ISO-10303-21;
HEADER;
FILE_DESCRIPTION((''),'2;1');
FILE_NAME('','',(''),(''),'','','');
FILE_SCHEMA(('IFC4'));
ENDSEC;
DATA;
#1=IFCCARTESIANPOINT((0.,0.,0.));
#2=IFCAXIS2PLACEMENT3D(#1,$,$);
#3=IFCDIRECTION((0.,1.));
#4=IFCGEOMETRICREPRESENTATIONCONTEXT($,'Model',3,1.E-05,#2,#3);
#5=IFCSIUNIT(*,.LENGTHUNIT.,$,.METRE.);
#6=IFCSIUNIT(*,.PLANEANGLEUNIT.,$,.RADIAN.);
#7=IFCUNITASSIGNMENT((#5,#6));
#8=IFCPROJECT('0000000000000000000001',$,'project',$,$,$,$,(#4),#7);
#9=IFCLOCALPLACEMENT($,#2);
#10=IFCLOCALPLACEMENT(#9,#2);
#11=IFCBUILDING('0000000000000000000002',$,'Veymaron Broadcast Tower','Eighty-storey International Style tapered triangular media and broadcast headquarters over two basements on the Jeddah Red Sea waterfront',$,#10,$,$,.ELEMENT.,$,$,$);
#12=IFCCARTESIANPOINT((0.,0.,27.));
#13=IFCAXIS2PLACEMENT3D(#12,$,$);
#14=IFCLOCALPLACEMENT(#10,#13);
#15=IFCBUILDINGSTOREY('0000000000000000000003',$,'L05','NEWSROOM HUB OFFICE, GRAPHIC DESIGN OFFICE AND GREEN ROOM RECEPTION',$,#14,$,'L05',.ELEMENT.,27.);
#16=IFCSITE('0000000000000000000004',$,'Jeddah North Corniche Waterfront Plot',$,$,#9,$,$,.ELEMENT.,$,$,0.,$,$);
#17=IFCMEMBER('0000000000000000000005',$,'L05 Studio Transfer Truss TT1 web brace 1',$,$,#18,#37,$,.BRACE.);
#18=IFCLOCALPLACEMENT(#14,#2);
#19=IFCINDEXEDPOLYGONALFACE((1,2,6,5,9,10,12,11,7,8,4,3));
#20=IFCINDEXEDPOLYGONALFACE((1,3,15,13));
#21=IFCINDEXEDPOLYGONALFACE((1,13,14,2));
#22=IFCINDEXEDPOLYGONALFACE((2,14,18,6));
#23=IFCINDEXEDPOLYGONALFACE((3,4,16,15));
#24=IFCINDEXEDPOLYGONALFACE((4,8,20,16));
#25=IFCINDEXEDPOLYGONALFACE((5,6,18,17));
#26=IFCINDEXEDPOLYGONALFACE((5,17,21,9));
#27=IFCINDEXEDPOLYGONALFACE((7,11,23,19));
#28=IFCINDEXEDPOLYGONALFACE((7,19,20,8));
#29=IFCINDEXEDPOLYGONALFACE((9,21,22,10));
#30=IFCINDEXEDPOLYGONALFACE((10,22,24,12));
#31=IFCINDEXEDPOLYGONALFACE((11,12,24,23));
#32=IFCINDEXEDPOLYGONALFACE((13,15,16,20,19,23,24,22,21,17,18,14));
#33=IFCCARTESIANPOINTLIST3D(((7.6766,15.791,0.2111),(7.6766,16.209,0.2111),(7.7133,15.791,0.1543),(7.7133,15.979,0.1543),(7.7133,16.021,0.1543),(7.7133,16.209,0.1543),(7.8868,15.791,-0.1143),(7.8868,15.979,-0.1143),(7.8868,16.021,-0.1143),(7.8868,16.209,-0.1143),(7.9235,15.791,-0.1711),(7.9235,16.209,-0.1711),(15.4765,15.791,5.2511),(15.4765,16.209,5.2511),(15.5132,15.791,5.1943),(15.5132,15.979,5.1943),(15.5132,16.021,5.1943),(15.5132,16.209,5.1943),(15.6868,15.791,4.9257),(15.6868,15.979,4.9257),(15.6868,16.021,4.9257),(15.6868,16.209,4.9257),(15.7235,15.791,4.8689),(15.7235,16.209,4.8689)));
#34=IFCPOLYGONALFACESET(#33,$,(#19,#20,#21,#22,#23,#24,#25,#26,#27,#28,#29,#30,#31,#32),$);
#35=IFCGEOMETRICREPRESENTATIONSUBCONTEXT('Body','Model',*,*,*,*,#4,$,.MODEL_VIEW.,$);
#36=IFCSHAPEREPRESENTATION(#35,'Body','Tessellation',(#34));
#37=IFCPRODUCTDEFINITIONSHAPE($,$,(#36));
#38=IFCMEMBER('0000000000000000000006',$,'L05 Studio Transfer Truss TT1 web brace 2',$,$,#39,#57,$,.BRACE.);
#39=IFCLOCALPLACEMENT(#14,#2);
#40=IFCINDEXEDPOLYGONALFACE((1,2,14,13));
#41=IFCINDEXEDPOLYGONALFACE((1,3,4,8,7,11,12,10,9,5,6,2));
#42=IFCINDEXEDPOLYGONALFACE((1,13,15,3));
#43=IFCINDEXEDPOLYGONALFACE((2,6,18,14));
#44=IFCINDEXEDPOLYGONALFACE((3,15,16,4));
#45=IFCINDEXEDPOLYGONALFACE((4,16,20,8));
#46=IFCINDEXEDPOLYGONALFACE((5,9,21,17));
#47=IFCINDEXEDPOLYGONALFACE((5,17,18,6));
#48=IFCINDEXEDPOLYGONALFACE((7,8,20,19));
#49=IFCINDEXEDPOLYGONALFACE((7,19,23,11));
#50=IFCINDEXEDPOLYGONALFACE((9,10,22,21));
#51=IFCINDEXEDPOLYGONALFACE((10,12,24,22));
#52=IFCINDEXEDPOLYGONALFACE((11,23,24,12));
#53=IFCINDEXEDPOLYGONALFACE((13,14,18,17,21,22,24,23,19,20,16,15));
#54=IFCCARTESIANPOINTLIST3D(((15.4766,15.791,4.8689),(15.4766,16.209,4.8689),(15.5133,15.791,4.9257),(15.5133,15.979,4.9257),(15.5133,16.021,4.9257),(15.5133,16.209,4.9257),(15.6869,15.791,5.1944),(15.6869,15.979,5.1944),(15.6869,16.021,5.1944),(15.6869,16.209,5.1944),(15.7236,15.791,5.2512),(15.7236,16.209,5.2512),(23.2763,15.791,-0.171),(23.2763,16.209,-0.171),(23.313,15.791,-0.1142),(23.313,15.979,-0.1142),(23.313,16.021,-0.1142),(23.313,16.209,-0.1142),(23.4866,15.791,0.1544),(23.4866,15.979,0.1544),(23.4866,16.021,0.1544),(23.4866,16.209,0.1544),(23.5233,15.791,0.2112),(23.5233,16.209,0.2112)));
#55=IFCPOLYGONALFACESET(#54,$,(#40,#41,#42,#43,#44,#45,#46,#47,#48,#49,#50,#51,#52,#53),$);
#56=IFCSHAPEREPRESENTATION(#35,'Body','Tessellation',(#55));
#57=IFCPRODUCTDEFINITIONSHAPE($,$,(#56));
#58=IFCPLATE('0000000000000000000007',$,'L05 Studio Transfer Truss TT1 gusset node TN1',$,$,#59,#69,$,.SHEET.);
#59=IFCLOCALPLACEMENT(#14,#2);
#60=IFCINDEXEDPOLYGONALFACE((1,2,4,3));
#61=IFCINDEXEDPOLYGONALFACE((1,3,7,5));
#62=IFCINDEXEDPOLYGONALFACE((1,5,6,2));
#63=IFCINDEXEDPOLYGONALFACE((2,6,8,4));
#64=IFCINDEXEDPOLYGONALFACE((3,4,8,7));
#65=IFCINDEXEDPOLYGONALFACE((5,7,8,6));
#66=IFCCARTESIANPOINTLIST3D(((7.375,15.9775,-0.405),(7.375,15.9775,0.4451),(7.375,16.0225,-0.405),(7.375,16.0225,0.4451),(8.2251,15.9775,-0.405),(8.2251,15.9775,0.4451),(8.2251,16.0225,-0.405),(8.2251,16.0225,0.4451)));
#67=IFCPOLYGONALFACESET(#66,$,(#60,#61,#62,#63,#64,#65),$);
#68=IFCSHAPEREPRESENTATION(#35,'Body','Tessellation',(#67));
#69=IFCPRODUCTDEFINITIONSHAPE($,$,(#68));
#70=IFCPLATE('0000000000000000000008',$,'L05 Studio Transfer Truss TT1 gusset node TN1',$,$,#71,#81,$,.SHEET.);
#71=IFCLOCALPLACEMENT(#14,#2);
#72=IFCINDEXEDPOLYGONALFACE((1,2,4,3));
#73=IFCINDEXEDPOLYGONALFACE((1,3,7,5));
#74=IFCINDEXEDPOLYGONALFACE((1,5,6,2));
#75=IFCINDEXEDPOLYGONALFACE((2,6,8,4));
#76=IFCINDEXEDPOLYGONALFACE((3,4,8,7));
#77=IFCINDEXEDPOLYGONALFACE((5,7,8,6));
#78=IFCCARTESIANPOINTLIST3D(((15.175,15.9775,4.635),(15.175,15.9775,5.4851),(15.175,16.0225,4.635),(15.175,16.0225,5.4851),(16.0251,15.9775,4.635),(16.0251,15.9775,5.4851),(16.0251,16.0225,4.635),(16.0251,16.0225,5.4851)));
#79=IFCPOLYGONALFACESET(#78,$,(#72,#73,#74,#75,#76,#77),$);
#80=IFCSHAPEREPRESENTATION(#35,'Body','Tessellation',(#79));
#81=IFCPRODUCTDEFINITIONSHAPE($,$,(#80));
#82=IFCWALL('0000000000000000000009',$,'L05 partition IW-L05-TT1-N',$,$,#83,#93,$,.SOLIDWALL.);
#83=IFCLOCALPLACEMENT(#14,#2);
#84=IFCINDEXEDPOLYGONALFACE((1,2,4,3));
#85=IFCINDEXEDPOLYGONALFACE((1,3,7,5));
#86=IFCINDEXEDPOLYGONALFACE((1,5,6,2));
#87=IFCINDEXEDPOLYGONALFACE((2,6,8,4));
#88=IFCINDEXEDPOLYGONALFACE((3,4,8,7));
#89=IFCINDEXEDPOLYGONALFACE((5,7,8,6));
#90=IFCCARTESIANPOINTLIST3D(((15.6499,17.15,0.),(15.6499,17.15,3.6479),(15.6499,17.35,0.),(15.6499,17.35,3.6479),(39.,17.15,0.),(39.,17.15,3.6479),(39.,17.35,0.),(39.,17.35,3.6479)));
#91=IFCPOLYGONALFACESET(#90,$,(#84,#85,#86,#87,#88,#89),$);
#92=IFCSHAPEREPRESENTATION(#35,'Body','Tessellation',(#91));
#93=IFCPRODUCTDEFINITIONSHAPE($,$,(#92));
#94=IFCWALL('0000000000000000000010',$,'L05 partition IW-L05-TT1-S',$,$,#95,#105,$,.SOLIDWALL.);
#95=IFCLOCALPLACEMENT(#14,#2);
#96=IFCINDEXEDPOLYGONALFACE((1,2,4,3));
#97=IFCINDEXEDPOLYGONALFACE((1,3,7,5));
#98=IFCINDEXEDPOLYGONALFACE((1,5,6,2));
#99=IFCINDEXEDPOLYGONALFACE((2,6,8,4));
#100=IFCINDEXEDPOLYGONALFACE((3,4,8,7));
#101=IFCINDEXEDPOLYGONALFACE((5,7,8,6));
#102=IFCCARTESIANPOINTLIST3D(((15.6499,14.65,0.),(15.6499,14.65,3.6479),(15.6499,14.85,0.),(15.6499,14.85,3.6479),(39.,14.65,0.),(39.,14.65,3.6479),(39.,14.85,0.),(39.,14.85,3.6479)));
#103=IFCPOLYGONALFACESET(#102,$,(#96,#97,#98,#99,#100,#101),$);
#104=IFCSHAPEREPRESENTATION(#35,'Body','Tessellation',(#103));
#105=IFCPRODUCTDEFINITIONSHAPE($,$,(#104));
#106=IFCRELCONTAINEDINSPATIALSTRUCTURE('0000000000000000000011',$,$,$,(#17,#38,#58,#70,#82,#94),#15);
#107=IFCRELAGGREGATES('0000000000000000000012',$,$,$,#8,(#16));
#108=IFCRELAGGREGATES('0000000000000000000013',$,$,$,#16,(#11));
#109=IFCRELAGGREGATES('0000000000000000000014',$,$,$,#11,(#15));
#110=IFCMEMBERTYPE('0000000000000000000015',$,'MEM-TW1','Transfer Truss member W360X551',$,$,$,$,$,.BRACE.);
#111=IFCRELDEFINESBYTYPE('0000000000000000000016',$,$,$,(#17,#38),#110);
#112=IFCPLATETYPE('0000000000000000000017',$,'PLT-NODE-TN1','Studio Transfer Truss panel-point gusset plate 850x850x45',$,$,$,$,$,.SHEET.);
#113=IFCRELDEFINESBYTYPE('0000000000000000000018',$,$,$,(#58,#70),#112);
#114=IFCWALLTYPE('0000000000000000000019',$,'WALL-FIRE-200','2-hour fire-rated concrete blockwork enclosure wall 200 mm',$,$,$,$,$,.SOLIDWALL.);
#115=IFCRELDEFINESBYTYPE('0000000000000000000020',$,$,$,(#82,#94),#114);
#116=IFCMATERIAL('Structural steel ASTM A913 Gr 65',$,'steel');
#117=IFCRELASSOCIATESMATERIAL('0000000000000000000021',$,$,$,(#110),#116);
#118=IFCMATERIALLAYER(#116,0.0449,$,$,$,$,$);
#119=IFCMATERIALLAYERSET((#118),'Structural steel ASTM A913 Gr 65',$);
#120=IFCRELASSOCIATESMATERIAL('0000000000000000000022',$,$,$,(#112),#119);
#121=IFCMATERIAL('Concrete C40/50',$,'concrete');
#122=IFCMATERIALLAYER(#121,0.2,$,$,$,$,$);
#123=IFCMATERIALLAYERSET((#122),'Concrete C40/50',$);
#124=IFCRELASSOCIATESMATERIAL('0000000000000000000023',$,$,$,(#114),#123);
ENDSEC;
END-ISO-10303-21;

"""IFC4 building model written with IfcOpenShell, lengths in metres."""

from ifc_helpers import new_model, si_unit, direction, frame, frame_2d, origin, origin_2d, place, context, subcontext, project, spatial, rectangle, i_section, extrude, material, layer, layer_set, material_profile, profile_set, type_object, element, save


model = new_model("IFC4")

# Units and contexts
model_context = context("Model", 3, precision=1e-05, world=origin(), true_north=direction((0.0, 1.0)))
body_context = subcontext(model_context, "Body", "Model", "MODEL_VIEW")
ifc_project = project(units=[si_unit("LENGTHUNIT", "METRE"), si_unit("PLANEANGLEUNIT", "RADIAN")], contexts=[model_context])

# Site, building, storey
site_placement = place(None, origin())
site = spatial("IfcSite", under=ifc_project, at=site_placement, Name="Jeddah North Corniche Waterfront Plot", CompositionType="ELEMENT", RefElevation=0.0)
building_placement = place(site_placement, origin())
building = spatial("IfcBuilding", under=site, at=building_placement, Name="Veymaron Broadcast Tower", Description="Eighty-storey International Style tapered triangular media and broadcast headquarters over two basements on the Jeddah Red Sea waterfront", CompositionType="ELEMENT")
storey_placement = place(building_placement, frame((0.0, 0.0, 27.0)))
storey = spatial("IfcBuildingStorey", under=building, at=storey_placement, Name="L05", Description="NEWSROOM HUB OFFICE, GRAPHIC DESIGN OFFICE AND GREEN ROOM RECEPTION", LongName="L05", CompositionType="ELEMENT", Elevation=27.0)

# Shared definitions
ifc_material_1 = material(Name="Structural steel ASTM A913 Gr 65", Category="steel")

# Members
ifc_material_profile_1 = material_profile(ifc_material_1, i_section(OverallWidth=0.418, OverallDepth=0.4551, WebThickness=0.042, FlangeThickness=0.0676, at=origin_2d()), Name="W360X551")
ifc_profile_set_1 = profile_set([ifc_material_profile_1], Name="Structural steel ASTM A913 Gr 65")
member_type_1 = type_object("IfcMemberType", Name="MEM-TW1", Description="Transfer Truss member W360X551", PredefinedType="BRACE", material=ifc_profile_set_1)
member_1_placement = place(storey_placement, frame((7.8, 16.0, 0.02), z_axis=(0.839916, 0.0, 0.542716), x_axis=(0.0, 1.0, 0.0)))
element("IfcMember", 1, at=member_1_placement, inside=storey, type_object=member_type_1, Name="L05 Studio Transfer Truss TT1 web brace 1", PredefinedType="BRACE", context=body_context, shape_type="SweptSolid", body=[
    extrude(i_section(OverallWidth=0.418, OverallDepth=0.4551, WebThickness=0.042, FlangeThickness=0.0676, at=origin_2d()), origin(), (0.0, 0.0, 1.0), 9.2866),
])
member_2_placement = place(storey_placement, frame((15.6001, 16.0, 5.0601), z_axis=(0.839909, 0.0, -0.542728), x_axis=(0.0, 1.0, 0.0)))
element("IfcMember", 2, at=member_2_placement, inside=storey, type_object=member_type_1, Name="L05 Studio Transfer Truss TT1 web brace 2", PredefinedType="BRACE", context=body_context, shape_type="SweptSolid", body=[
    extrude(i_section(OverallWidth=0.418, OverallDepth=0.4551, WebThickness=0.042, FlangeThickness=0.0676, at=origin_2d()), origin(), (0.0, 0.0, 1.0), 9.2864),
])

# Plates
ifc_layer_1 = layer(ifc_material_1, 0.0449)
ifc_layer_set_1 = layer_set([ifc_layer_1], Name="Structural steel ASTM A913 Gr 65")
plate_type = type_object("IfcPlateType", Name="PLT-NODE-TN1", Description="Studio Transfer Truss panel-point gusset plate 850x850x45", PredefinedType="SHEET", material=ifc_layer_set_1)
for number, where, z_axis, x_axis, name in (
    (3, (7.8, 16.0, -0.405), (0.0, 0.0, 1.0), (1.0, 0.0, 0.0), "L05 Studio Transfer Truss TT1 gusset node TN1"),
    (4, (15.6001, 16.0, 4.635), (0.0, 0.0, 1.0), (1.0, 0.0, 0.0), "L05 Studio Transfer Truss TT1 gusset node TN1"),
):
    element("IfcPlate", number, at=place(storey_placement, frame(where, z_axis=z_axis, x_axis=x_axis)), inside=storey, type_object=plate_type, Name=name, PredefinedType="SHEET", context=body_context, shape_type="SweptSolid", body=[
        extrude(rectangle(XDim=0.8501, YDim=0.0449, at=origin_2d()), origin(), (0.0, 0.0, 1.0), 0.8501),
    ])

# Walls
ifc_material_2 = material(Name="Concrete C40/50", Category="concrete")
ifc_layer_2 = layer(ifc_material_2, 0.2)
ifc_layer_set_2 = layer_set([ifc_layer_2], Name="Concrete C40/50")
wall_type = type_object("IfcWallType", Name="WALL-FIRE-200", Description="2-hour fire-rated concrete blockwork enclosure wall 200 mm", PredefinedType="SOLIDWALL", material=ifc_layer_set_2)
for number, where, z_axis, x_axis, name in (
    (5, (15.6499, 17.25, 0.0), (0.0, 0.0, 1.0), (1.0, 0.0, 0.0), "L05 partition IW-L05-TT1-N"),
    (6, (15.6499, 14.75, 0.0), (0.0, 0.0, 1.0), (1.0, 0.0, 0.0), "L05 partition IW-L05-TT1-S"),
):
    element("IfcWall", number, at=place(storey_placement, frame(where, z_axis=z_axis, x_axis=x_axis)), inside=storey, type_object=wall_type, Name=name, PredefinedType="SOLIDWALL", context=body_context, shape_type="SweptSolid", body=[
        extrude(rectangle(XDim=23.3501, YDim=0.2, at=frame_2d((11.675, 0.0))), origin(), (0.0, 0.0, 1.0), 3.6479),
    ])

save(model, "model.ifc")
